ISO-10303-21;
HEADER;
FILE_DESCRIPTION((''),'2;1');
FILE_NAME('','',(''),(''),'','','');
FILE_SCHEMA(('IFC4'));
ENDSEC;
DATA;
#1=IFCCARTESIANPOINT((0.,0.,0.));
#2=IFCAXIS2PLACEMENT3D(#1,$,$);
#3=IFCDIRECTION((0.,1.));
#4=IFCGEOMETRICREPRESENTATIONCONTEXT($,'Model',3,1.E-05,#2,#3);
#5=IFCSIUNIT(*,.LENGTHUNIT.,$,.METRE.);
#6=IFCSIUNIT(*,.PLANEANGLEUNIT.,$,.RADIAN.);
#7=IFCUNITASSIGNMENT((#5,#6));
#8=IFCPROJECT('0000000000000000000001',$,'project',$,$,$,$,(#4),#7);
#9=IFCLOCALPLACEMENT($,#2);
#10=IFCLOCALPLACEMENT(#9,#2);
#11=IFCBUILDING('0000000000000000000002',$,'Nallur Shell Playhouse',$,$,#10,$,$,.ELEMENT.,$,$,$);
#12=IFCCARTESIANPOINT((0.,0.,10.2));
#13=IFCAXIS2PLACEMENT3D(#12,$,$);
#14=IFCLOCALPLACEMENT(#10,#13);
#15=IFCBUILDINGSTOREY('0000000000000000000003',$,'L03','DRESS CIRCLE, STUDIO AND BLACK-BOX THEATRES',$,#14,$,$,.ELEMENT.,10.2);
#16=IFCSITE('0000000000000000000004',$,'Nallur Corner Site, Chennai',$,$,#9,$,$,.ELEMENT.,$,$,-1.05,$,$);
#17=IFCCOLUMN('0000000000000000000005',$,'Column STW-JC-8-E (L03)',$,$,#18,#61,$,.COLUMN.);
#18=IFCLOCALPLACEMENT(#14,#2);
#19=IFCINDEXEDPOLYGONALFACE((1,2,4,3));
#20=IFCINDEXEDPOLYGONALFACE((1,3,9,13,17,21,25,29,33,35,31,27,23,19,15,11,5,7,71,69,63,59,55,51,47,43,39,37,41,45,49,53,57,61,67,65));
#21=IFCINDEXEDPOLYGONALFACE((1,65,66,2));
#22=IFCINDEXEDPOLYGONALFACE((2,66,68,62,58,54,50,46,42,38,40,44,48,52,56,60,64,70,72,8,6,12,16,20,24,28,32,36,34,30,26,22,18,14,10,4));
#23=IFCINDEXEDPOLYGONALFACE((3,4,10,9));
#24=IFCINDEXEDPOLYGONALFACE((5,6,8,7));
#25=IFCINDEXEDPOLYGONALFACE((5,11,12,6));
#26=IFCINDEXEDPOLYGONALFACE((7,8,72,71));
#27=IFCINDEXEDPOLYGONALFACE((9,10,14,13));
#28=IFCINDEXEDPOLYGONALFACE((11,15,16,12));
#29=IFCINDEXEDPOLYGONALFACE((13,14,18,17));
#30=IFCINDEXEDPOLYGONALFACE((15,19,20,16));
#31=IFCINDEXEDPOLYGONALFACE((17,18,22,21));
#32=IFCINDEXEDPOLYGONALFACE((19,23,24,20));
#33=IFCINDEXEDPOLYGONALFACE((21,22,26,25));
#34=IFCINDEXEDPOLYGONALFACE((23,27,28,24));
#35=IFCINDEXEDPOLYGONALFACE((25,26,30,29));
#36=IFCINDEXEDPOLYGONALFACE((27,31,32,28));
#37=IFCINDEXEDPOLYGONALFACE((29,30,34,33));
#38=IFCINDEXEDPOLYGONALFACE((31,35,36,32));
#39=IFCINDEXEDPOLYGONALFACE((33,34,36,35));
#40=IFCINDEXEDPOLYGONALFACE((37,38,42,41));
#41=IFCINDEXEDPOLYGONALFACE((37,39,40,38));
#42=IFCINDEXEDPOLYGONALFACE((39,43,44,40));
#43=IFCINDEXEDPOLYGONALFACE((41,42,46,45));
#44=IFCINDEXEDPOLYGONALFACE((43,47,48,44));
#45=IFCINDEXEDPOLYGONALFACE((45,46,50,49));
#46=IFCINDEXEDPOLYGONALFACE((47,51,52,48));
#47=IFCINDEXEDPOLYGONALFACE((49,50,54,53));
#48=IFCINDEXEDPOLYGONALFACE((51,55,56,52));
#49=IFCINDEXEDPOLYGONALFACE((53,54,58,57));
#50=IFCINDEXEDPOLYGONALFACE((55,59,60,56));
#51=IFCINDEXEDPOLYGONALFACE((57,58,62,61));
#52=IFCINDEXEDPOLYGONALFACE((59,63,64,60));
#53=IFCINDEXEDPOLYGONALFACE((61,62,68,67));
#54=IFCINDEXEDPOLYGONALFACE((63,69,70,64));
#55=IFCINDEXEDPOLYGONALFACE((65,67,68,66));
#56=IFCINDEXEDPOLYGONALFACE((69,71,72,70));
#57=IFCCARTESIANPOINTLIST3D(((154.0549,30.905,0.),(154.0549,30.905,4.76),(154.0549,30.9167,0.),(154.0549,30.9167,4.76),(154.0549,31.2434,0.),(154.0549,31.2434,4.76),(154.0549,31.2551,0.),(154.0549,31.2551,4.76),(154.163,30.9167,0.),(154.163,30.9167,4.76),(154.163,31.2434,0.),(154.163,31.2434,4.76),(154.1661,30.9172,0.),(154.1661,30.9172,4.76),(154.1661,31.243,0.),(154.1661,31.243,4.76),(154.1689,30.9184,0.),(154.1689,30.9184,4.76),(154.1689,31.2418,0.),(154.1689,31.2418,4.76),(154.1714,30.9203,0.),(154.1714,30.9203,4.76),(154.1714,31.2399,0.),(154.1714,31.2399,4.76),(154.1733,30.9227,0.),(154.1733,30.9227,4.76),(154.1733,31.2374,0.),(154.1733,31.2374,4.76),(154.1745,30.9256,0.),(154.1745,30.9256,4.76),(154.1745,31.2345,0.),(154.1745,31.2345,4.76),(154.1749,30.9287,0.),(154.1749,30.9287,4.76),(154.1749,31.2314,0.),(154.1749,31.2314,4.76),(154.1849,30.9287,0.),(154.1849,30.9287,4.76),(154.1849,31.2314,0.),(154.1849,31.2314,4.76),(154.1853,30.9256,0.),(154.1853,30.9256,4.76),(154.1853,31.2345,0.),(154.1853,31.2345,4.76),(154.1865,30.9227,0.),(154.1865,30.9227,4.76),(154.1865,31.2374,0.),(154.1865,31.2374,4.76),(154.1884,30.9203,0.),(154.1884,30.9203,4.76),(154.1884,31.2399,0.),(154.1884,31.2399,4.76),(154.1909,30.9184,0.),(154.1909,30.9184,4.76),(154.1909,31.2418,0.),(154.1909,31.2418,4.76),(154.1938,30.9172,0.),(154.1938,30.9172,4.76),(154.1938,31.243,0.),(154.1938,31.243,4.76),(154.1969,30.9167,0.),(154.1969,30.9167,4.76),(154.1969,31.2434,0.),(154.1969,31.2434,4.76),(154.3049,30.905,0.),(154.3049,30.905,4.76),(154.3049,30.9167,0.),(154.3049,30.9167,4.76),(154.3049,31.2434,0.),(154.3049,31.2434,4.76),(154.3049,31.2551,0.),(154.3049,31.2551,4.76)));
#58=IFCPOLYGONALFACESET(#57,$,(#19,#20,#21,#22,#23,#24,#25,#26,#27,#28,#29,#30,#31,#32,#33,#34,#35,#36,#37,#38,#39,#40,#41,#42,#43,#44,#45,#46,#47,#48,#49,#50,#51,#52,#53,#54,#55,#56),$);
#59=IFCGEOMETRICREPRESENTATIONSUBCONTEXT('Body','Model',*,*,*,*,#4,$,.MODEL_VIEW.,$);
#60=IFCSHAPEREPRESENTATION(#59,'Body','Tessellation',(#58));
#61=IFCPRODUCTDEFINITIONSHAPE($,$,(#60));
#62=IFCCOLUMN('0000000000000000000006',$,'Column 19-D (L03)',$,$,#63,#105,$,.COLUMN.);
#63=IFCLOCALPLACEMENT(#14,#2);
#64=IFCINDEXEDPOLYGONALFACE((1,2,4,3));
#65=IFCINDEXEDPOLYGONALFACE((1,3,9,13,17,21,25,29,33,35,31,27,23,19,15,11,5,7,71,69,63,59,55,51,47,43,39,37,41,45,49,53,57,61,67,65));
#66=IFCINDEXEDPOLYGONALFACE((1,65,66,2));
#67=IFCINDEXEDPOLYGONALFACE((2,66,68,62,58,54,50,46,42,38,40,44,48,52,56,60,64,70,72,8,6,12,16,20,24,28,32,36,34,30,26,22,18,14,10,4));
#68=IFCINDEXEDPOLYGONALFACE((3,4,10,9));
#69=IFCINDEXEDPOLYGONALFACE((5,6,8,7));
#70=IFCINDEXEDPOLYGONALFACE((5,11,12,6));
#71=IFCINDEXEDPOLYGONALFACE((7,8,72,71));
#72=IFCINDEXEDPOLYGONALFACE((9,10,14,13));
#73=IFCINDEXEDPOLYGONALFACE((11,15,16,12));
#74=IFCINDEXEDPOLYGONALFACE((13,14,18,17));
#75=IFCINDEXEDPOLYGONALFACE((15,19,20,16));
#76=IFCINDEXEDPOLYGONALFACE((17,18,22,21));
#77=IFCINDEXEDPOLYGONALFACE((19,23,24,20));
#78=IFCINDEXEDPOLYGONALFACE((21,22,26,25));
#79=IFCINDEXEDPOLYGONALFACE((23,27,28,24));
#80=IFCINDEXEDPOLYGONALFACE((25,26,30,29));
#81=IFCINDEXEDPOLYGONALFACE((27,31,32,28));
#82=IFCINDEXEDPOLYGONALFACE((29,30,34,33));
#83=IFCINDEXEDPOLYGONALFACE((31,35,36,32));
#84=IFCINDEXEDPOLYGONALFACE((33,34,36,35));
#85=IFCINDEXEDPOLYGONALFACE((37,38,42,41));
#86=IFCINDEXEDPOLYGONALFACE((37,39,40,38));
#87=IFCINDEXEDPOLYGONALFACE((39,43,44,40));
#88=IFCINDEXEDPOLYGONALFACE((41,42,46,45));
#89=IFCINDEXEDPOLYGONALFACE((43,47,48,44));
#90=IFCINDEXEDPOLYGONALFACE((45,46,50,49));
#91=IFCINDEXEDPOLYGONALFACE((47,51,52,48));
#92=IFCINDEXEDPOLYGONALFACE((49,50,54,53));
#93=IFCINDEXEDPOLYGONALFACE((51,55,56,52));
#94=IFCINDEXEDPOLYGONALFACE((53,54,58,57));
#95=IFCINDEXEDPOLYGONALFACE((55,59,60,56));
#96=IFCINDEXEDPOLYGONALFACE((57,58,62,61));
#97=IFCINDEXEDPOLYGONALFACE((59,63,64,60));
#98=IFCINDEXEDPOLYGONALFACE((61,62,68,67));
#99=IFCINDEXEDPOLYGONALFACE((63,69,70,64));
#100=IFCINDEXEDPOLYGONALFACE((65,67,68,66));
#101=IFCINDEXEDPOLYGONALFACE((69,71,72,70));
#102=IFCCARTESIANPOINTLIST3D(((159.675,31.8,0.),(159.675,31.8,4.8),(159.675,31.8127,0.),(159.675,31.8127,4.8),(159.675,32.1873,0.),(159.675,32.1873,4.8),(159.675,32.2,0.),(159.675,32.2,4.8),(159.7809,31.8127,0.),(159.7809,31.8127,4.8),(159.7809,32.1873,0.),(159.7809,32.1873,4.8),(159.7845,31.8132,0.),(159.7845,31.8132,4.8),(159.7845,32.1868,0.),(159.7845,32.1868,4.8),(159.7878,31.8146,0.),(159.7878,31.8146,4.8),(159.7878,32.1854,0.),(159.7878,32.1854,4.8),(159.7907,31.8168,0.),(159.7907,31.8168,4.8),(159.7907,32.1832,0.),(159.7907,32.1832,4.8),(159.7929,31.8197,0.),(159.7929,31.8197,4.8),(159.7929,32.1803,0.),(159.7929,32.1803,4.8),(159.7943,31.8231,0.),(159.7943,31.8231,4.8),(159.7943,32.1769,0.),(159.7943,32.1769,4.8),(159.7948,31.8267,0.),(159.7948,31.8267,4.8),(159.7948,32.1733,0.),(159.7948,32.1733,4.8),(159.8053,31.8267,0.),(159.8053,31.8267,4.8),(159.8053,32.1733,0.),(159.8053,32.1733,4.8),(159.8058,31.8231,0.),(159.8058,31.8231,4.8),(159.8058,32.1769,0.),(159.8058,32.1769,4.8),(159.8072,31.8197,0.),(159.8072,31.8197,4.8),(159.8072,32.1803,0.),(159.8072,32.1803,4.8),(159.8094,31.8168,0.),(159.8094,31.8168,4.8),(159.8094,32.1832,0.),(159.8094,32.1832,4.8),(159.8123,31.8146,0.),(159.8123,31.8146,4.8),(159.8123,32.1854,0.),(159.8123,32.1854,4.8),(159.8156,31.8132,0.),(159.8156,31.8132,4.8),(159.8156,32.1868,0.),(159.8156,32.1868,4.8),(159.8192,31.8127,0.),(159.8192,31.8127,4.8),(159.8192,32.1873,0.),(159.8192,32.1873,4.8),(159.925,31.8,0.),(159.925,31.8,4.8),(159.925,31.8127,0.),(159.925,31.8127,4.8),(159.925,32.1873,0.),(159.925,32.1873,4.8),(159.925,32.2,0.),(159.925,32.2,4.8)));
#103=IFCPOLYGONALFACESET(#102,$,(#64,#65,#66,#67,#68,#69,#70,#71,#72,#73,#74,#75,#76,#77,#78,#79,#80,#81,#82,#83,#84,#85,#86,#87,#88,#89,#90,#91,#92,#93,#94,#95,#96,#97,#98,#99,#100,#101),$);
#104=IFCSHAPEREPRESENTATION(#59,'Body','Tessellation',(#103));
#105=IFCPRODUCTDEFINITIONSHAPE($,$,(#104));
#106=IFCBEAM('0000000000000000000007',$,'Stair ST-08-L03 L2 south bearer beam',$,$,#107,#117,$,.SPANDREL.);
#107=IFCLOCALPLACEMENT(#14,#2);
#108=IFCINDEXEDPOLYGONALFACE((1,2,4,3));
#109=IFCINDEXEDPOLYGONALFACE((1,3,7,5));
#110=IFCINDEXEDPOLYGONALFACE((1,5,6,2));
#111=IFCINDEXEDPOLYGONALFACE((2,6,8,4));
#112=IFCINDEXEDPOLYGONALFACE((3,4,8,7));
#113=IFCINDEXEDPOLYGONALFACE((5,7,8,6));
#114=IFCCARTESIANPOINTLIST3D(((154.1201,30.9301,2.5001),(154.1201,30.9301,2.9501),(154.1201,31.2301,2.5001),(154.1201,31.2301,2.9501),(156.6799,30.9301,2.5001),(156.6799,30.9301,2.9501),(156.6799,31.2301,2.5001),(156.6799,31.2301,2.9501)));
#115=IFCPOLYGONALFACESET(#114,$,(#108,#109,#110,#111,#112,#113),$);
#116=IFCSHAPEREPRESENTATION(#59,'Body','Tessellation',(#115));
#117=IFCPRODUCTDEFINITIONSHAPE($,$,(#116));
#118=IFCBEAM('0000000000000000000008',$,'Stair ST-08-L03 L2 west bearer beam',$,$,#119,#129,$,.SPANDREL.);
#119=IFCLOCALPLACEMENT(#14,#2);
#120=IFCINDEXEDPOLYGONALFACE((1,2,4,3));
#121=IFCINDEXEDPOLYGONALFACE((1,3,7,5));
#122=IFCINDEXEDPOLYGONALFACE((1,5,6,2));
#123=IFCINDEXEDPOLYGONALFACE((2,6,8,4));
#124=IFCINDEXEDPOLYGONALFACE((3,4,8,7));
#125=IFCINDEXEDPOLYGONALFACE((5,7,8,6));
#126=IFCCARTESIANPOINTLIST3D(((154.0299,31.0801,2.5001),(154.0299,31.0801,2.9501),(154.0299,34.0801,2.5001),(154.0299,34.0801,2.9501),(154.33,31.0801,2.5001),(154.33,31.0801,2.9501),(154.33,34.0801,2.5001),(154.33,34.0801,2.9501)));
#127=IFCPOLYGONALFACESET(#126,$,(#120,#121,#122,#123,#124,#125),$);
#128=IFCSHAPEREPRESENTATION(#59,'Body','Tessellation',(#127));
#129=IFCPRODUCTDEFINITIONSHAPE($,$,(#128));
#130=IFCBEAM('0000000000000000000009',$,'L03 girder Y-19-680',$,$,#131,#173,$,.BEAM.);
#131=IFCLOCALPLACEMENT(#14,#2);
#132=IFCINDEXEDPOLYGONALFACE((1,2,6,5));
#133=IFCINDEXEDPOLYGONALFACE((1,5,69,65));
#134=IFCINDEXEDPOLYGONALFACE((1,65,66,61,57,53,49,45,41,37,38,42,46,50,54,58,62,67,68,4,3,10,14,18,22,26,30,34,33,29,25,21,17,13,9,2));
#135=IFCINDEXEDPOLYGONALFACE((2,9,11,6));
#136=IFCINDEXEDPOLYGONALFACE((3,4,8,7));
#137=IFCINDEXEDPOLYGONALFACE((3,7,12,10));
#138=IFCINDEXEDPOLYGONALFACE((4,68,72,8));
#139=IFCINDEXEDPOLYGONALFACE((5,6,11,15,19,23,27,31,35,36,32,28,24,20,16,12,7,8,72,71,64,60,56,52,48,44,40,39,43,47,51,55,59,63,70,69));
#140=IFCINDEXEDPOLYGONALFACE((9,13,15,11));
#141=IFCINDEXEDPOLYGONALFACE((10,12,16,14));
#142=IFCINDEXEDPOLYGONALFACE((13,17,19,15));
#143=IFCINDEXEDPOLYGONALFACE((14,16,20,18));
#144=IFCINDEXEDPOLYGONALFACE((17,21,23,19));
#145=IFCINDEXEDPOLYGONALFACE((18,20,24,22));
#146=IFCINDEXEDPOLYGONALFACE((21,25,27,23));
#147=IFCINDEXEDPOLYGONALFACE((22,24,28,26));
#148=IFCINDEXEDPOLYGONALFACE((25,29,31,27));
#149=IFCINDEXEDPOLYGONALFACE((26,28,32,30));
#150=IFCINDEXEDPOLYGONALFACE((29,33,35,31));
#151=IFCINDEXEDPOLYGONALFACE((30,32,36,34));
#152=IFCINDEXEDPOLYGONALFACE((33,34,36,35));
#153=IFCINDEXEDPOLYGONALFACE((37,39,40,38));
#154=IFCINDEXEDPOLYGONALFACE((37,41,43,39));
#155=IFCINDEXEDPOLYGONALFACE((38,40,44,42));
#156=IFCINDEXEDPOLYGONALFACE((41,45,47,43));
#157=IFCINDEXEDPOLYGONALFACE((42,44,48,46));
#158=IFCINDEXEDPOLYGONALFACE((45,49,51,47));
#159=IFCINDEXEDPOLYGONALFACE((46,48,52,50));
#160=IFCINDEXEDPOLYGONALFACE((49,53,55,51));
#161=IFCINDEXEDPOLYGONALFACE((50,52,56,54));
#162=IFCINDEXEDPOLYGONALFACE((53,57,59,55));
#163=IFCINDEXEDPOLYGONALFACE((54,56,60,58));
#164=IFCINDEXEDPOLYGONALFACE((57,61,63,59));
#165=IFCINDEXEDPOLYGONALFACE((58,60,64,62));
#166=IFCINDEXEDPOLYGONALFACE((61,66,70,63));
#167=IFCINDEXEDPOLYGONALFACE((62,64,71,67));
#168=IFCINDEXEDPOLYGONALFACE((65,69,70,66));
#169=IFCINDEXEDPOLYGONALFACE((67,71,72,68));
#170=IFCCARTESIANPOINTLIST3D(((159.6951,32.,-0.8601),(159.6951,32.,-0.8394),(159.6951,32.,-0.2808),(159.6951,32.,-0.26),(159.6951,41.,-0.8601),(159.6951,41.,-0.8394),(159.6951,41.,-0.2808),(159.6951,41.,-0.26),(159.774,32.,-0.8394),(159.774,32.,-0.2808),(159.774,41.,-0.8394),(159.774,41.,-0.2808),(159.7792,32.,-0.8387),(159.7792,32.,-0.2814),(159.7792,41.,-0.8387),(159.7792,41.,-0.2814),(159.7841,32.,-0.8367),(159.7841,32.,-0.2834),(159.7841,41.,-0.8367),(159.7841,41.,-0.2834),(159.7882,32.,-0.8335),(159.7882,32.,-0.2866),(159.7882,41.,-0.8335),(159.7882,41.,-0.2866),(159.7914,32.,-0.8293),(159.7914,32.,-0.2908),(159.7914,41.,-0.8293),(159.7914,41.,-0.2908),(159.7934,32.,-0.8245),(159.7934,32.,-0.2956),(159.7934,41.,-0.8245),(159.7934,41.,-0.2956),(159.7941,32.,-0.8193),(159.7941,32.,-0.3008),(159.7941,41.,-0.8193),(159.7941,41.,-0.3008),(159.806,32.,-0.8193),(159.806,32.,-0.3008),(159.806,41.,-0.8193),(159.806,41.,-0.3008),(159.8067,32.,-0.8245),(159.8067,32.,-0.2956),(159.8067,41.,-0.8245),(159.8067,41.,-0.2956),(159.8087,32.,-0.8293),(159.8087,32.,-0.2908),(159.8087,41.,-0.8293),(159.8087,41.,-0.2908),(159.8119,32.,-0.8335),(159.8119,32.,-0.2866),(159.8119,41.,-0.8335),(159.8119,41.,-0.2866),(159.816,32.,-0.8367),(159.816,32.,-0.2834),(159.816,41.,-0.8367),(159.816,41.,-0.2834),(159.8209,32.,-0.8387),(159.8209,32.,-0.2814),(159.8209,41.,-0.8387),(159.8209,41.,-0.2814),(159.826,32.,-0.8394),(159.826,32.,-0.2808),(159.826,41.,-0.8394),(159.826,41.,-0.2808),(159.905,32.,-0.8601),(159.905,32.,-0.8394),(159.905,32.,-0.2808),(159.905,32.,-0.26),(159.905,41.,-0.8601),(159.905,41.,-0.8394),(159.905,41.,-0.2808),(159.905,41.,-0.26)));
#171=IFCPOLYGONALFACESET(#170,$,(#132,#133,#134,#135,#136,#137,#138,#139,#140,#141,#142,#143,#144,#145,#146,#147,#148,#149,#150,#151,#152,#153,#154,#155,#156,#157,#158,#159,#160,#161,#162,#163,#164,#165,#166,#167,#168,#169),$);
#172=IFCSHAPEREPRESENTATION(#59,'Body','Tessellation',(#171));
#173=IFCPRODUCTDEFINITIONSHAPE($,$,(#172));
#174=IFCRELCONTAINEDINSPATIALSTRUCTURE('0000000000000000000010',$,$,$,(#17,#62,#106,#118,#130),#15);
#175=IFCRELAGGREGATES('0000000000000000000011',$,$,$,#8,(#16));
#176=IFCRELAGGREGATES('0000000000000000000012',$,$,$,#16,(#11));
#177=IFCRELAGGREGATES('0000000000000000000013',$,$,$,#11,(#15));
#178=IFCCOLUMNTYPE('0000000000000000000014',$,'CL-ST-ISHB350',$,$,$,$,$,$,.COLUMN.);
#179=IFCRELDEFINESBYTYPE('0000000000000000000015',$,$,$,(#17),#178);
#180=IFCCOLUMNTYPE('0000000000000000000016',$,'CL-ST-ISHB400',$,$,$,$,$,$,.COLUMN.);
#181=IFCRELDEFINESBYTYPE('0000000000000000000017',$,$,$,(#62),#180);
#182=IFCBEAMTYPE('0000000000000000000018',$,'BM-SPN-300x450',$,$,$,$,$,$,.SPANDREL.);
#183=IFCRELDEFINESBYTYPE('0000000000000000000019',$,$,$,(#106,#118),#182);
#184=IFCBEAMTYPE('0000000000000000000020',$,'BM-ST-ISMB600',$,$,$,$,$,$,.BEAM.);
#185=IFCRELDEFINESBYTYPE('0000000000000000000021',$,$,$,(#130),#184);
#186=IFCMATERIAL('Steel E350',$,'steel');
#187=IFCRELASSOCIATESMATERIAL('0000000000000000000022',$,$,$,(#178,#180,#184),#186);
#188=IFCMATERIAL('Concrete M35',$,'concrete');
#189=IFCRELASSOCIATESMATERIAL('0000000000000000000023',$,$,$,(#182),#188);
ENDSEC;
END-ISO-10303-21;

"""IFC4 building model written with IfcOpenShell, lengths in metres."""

from ifc_helpers import new_model, si_unit, direction, frame, origin, origin_2d, place, context, subcontext, project, spatial, rectangle, i_section, extrude, material, material_profile, profile_set, type_object, element, save


model = new_model("IFC4")

# Units and contexts
model_context = context("Model", 3, precision=1e-05, world=origin(), true_north=direction((0.0, 1.0)))
body_context = subcontext(model_context, "Body", "Model", "MODEL_VIEW")
ifc_project = project(units=[si_unit("LENGTHUNIT", "METRE"), si_unit("PLANEANGLEUNIT", "RADIAN")], contexts=[model_context])

# Site, building, storey
site_placement = place(None, origin())
site = spatial("IfcSite", under=ifc_project, at=site_placement, Name="Nallur Corner Site, Chennai", CompositionType="ELEMENT", RefElevation=-1.05)
building_placement = place(site_placement, origin())
building = spatial("IfcBuilding", under=site, at=building_placement, Name="Nallur Shell Playhouse", CompositionType="ELEMENT")
storey_placement = place(building_placement, frame((0.0, 0.0, 10.2)))
storey = spatial("IfcBuildingStorey", under=building, at=storey_placement, Name="L03", Description="DRESS CIRCLE, STUDIO AND BLACK-BOX THEATRES", CompositionType="ELEMENT", Elevation=10.2)

# Columns
ifc_material_1 = material(Name="Steel E350", Category="steel")
ifc_material_profile_1 = material_profile(ifc_material_1, i_section(OverallWidth=0.25, OverallDepth=0.3501, WebThickness=0.01, FlangeThickness=0.0117, FilletRadius=0.012, at=origin_2d()), Name="ISHB 350")
ifc_profile_set_1 = profile_set([ifc_material_profile_1], Name="Steel E350")
column_type_1 = type_object("IfcColumnType", Name="CL-ST-ISHB350", PredefinedType="COLUMN", material=ifc_profile_set_1)
column_1_placement = place(storey_placement, frame((154.1799, 31.0801, 0.0), z_axis=(0.0, 0.0, 1.0), x_axis=(1.0, 0.0, 0.0)))
element("IfcColumn", 1, at=column_1_placement, inside=storey, type_object=column_type_1, Name="Column STW-JC-8-E (L03)", PredefinedType="COLUMN", context=body_context, shape_type="SweptSolid", body=[
    extrude(i_section(OverallWidth=0.25, OverallDepth=0.3501, WebThickness=0.01, FlangeThickness=0.0117, FilletRadius=0.012, at=origin_2d()), origin(), (0.0, 0.0, 1.0), 4.76),
])
ifc_material_profile_2 = material_profile(ifc_material_1, i_section(OverallWidth=0.25, OverallDepth=0.3999, WebThickness=0.0105, FlangeThickness=0.0127, FilletRadius=0.0139, at=origin_2d()), Name="ISHB 400")
ifc_profile_set_2 = profile_set([ifc_material_profile_2], Name="Steel E350")
column_type_2 = type_object("IfcColumnType", Name="CL-ST-ISHB400", PredefinedType="COLUMN", material=ifc_profile_set_2)
column_2_placement = place(storey_placement, frame((159.8, 32.0, 0.0), z_axis=(0.0, 0.0, 1.0), x_axis=(1.0, 0.0, 0.0)))
element("IfcColumn", 2, at=column_2_placement, inside=storey, type_object=column_type_2, Name="Column 19-D (L03)", PredefinedType="COLUMN", context=body_context, shape_type="SweptSolid", body=[
    extrude(i_section(OverallWidth=0.25, OverallDepth=0.3999, WebThickness=0.0105, FlangeThickness=0.0127, FilletRadius=0.0139, at=origin_2d()), origin(), (0.0, 0.0, 1.0), 4.8),
])

# Beams
ifc_material_2 = material(Name="Concrete M35", Category="concrete")
ifc_material_profile_3 = material_profile(ifc_material_2, rectangle(XDim=0.3, YDim=0.45, at=origin_2d()), Name="RC 300x450")
ifc_profile_set_3 = profile_set([ifc_material_profile_3], Name="Concrete M35")
beam_type_1 = type_object("IfcBeamType", Name="BM-SPN-300x450", PredefinedType="SPANDREL", material=ifc_profile_set_3)
beam_1_placement = place(storey_placement, frame((154.1201, 31.0801, 2.7251), z_axis=(1.0, 0.0, 0.0), x_axis=(0.0, 1.0, 0.0)))
element("IfcBeam", 3, at=beam_1_placement, inside=storey, type_object=beam_type_1, Name="Stair ST-08-L03 L2 south bearer beam", PredefinedType="SPANDREL", context=body_context, shape_type="SweptSolid", body=[
    extrude(rectangle(XDim=0.3, YDim=0.45, at=origin_2d()), origin(), (0.0, 0.0, 1.0), 2.5598),
])
beam_2_placement = place(storey_placement, frame((154.1799, 31.0801, 2.7251), z_axis=(0.0, 1.0, 0.0), x_axis=(-1.0, 0.0, 0.0)))
element("IfcBeam", 4, at=beam_2_placement, inside=storey, type_object=beam_type_1, Name="Stair ST-08-L03 L2 west bearer beam", PredefinedType="SPANDREL", context=body_context, shape_type="SweptSolid", body=[
    extrude(rectangle(XDim=0.3, YDim=0.45, at=origin_2d()), origin(), (0.0, 0.0, 1.0), 3.0),
])
ifc_material_profile_4 = material_profile(ifc_material_1, i_section(OverallWidth=0.21, OverallDepth=0.6001, WebThickness=0.012, FlangeThickness=0.0208, FilletRadius=0.02, at=origin_2d()), Name="ISMB 600")
ifc_profile_set_4 = profile_set([ifc_material_profile_4], Name="Steel E350")
beam_type_2 = type_object("IfcBeamType", Name="BM-ST-ISMB600", PredefinedType="BEAM", material=ifc_profile_set_4)
beam_3_placement = place(storey_placement, frame((159.8, 32.0, -0.5601), z_axis=(0.0, 1.0, 0.0), x_axis=(-1.0, 0.0, 0.0)))
element("IfcBeam", 5, at=beam_3_placement, inside=storey, type_object=beam_type_2, Name="L03 girder Y-19-680", PredefinedType="BEAM", context=body_context, shape_type="SweptSolid", body=[
    extrude(i_section(OverallWidth=0.21, OverallDepth=0.6001, WebThickness=0.012, FlangeThickness=0.0208, FilletRadius=0.02, at=origin_2d()), origin(), (0.0, 0.0, 1.0), 9.0),
])

save(model, "model.ifc")
